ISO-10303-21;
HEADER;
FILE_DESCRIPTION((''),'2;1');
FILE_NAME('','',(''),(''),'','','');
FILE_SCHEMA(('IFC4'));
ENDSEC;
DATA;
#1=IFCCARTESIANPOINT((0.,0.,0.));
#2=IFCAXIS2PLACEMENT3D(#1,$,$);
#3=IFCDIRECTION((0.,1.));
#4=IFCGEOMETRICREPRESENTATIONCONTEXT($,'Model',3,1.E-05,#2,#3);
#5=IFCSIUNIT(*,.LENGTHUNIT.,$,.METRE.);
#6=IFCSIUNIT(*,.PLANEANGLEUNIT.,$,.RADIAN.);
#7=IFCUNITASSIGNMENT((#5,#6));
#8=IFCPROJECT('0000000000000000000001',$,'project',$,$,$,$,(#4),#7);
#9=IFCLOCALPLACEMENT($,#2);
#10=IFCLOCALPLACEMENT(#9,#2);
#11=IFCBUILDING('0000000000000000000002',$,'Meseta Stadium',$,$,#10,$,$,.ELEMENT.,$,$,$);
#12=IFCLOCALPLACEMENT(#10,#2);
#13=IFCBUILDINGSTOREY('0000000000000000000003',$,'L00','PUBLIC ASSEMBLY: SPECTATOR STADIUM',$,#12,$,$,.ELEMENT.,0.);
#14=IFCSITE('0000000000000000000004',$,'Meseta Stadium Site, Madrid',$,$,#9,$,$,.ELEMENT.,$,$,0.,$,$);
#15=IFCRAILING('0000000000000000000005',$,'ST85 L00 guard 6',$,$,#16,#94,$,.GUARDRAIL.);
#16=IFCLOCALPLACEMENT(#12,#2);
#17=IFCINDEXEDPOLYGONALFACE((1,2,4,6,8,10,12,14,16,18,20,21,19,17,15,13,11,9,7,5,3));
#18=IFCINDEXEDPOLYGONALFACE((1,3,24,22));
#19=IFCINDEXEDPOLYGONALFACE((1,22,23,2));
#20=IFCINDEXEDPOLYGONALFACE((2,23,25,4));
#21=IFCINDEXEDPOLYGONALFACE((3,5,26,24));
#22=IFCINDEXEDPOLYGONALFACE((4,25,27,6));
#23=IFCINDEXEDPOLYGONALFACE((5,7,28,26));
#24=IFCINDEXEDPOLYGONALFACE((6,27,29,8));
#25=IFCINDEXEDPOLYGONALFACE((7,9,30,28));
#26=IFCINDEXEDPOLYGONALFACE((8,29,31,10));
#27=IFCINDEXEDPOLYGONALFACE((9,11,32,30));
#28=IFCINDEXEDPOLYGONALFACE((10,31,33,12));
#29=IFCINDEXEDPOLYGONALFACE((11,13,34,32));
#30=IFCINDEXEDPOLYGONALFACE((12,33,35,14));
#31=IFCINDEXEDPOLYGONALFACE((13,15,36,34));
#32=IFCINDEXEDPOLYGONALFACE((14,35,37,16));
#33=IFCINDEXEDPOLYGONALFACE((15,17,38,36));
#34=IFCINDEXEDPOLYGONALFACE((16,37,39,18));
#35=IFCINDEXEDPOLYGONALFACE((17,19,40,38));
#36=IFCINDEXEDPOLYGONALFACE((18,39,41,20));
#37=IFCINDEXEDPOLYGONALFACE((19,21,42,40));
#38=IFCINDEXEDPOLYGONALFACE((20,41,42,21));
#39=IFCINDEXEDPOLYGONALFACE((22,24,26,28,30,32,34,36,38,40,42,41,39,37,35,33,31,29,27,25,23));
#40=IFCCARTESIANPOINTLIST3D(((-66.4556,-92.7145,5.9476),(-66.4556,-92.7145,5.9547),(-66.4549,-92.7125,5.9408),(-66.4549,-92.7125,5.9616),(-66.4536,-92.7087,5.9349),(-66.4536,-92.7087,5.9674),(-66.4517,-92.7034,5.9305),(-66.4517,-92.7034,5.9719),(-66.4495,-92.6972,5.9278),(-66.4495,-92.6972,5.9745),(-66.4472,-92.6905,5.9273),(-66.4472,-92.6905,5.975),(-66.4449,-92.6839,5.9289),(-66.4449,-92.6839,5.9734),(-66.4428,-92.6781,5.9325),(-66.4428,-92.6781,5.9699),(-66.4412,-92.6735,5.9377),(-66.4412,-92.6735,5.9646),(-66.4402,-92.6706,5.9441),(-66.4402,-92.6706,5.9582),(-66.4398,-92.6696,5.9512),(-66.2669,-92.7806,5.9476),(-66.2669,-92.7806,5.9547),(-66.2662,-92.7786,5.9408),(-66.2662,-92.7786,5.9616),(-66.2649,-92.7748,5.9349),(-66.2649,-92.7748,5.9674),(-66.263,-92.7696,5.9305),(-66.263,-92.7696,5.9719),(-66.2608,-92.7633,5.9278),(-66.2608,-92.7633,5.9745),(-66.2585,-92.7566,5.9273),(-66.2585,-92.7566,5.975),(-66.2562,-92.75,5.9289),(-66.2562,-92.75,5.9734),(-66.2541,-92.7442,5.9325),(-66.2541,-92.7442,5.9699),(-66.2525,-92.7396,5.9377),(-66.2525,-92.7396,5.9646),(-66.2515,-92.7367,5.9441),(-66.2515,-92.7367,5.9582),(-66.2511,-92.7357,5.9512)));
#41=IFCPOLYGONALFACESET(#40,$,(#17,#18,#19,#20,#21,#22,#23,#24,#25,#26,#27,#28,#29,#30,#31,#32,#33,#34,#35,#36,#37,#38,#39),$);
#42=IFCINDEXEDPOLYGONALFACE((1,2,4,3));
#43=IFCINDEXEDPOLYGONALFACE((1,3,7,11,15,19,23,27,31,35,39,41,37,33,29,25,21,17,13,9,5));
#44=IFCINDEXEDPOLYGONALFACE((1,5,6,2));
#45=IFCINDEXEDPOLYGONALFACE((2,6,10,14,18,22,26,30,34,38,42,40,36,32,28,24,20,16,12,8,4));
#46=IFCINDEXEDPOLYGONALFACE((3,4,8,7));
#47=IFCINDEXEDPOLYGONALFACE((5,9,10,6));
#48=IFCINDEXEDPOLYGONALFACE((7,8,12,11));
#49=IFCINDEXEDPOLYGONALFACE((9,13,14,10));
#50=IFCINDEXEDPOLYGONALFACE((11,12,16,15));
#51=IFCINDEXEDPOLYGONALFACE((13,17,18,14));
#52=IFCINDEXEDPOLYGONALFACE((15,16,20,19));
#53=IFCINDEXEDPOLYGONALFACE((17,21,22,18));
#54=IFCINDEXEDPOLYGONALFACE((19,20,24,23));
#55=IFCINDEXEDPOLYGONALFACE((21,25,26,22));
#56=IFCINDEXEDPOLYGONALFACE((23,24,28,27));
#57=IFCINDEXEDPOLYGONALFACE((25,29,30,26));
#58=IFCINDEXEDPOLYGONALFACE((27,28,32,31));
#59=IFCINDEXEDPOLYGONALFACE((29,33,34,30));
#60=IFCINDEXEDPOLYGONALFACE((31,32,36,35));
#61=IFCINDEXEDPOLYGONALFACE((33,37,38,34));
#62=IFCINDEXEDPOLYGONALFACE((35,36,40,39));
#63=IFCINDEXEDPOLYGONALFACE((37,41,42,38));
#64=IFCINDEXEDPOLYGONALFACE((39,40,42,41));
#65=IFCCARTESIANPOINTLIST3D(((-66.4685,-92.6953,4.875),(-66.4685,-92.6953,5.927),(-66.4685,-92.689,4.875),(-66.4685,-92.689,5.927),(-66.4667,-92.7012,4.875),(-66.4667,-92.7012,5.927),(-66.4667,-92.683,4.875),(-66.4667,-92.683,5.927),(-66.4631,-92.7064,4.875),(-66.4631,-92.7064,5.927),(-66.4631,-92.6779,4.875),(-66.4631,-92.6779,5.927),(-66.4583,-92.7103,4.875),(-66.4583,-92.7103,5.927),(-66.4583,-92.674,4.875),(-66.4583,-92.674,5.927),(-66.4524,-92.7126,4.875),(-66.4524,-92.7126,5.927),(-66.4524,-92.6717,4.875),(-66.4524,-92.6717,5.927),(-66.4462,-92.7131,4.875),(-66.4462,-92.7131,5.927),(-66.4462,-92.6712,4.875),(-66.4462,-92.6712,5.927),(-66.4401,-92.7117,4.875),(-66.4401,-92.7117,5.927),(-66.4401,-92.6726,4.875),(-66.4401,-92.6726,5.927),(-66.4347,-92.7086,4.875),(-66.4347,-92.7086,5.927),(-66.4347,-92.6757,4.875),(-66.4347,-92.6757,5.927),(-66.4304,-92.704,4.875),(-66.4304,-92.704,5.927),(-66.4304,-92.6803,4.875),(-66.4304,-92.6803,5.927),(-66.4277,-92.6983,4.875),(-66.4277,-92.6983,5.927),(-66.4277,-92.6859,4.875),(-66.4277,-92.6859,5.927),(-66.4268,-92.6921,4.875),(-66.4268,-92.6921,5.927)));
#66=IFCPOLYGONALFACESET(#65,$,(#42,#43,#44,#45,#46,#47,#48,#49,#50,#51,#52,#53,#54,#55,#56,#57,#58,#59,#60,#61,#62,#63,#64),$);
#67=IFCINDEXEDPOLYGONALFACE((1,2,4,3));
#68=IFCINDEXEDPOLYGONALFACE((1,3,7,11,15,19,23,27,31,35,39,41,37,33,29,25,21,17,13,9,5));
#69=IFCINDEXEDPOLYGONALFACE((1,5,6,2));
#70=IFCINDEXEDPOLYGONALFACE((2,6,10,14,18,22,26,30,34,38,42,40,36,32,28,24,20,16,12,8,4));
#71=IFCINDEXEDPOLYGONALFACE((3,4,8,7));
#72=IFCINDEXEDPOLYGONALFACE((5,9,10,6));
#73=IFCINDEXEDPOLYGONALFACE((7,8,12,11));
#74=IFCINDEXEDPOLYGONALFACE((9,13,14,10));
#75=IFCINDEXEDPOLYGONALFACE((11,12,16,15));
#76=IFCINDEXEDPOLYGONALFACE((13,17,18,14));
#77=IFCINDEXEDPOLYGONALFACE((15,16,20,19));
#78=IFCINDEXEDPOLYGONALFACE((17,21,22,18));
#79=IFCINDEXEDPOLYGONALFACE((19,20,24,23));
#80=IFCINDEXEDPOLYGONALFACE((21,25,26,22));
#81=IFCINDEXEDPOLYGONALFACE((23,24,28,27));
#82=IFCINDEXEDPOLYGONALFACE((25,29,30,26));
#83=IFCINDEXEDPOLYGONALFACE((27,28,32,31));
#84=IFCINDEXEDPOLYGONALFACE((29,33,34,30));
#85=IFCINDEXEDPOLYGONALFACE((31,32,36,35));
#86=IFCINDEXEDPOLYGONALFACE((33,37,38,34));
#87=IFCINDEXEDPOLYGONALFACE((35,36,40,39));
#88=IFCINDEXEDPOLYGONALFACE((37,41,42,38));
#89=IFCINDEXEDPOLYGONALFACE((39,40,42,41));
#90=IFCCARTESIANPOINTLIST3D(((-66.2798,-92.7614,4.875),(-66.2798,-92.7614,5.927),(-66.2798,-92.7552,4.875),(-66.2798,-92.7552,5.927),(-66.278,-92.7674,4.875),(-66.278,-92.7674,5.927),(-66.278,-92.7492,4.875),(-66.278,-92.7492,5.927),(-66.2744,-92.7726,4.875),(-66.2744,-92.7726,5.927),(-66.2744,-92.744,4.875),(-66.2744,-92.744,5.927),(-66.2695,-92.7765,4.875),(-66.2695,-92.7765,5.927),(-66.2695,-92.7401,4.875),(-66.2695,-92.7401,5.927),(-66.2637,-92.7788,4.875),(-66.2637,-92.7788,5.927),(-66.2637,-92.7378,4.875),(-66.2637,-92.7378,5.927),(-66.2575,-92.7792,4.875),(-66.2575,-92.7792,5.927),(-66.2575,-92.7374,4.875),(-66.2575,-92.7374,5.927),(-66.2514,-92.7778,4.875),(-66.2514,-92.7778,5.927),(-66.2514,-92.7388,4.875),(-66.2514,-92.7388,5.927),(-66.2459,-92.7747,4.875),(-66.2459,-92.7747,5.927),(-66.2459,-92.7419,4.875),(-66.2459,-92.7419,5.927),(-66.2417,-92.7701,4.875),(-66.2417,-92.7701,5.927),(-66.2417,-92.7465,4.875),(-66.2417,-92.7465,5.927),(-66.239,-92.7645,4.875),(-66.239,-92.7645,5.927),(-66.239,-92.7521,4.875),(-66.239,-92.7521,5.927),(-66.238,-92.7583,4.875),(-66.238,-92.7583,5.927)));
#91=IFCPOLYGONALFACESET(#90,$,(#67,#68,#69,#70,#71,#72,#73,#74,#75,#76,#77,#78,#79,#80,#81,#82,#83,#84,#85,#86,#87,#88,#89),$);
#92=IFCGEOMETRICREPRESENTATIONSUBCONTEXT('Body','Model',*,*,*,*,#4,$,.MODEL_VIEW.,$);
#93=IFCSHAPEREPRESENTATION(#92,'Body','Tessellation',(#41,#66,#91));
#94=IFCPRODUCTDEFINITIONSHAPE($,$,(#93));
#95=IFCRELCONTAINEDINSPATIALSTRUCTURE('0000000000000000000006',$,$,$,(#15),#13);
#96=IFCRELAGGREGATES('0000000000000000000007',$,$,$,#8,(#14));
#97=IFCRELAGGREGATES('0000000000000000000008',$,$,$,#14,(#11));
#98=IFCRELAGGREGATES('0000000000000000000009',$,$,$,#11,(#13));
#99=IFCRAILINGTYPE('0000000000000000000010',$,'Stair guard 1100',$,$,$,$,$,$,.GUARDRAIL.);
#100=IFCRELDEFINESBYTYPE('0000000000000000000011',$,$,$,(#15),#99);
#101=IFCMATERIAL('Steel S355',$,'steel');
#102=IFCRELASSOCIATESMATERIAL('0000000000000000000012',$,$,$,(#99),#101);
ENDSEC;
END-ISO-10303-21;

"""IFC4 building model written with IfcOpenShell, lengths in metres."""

from ifc_helpers import new_model, si_unit, direction, frame, origin, origin_2d, place, context, subcontext, project, spatial, circle, extrude, material, type_object, element, save


model = new_model("IFC4")

# Units and contexts
model_context = context("Model", 3, precision=1e-05, world=origin(), true_north=direction((0.0, 1.0)))
body_context = subcontext(model_context, "Body", "Model", "MODEL_VIEW")
ifc_project = project(units=[si_unit("LENGTHUNIT", "METRE"), si_unit("PLANEANGLEUNIT", "RADIAN")], contexts=[model_context])

# Site, building, storey
site_placement = place(None, origin())
site = spatial("IfcSite", under=ifc_project, at=site_placement, Name="Meseta Stadium Site, Madrid", CompositionType="ELEMENT", RefElevation=0.0)
building_placement = place(site_placement, origin())
building = spatial("IfcBuilding", under=site, at=building_placement, Name="Meseta Stadium", CompositionType="ELEMENT")
storey_placement = place(building_placement, origin())
storey = spatial("IfcBuildingStorey", under=building, at=storey_placement, Name="L00", Description="PUBLIC ASSEMBLY: SPECTATOR STADIUM", CompositionType="ELEMENT", Elevation=0.0)

# Railing
ifc_material_1 = material(Name="Steel S355", Category="steel")
railing_type_1 = type_object("IfcRailingType", Name="Stair guard 1100", PredefinedType="GUARDRAIL", material=ifc_material_1)
railing_1_placement = place(storey_placement, frame((-66.4478, -92.6921, 4.875)))
element("IfcRailing", 1, at=railing_1_placement, inside=storey, type_object=railing_type_1, Name="ST85 L00 guard 6", PredefinedType="GUARDRAIL", context=body_context, shape_type="SweptSolid", body=[
    extrude(circle(Radius=0.0239, at=origin_2d()), frame((0.0, 0.0, 1.0762), z_axis=(0.943687, -0.33084, 0.0), x_axis=(0.33084, 0.943687, 0.0)), (0.0, 0.0, 1.0), 0.2),
    extrude(circle(Radius=0.021, at=origin_2d()), origin(), (0.0, 0.0, 1.0), 1.052),
    extrude(circle(Radius=0.021, at=origin_2d()), frame((0.1887, -0.0662, 0.0)), (0.0, 0.0, 1.0), 1.052),
])

save(model, "model.ifc")
